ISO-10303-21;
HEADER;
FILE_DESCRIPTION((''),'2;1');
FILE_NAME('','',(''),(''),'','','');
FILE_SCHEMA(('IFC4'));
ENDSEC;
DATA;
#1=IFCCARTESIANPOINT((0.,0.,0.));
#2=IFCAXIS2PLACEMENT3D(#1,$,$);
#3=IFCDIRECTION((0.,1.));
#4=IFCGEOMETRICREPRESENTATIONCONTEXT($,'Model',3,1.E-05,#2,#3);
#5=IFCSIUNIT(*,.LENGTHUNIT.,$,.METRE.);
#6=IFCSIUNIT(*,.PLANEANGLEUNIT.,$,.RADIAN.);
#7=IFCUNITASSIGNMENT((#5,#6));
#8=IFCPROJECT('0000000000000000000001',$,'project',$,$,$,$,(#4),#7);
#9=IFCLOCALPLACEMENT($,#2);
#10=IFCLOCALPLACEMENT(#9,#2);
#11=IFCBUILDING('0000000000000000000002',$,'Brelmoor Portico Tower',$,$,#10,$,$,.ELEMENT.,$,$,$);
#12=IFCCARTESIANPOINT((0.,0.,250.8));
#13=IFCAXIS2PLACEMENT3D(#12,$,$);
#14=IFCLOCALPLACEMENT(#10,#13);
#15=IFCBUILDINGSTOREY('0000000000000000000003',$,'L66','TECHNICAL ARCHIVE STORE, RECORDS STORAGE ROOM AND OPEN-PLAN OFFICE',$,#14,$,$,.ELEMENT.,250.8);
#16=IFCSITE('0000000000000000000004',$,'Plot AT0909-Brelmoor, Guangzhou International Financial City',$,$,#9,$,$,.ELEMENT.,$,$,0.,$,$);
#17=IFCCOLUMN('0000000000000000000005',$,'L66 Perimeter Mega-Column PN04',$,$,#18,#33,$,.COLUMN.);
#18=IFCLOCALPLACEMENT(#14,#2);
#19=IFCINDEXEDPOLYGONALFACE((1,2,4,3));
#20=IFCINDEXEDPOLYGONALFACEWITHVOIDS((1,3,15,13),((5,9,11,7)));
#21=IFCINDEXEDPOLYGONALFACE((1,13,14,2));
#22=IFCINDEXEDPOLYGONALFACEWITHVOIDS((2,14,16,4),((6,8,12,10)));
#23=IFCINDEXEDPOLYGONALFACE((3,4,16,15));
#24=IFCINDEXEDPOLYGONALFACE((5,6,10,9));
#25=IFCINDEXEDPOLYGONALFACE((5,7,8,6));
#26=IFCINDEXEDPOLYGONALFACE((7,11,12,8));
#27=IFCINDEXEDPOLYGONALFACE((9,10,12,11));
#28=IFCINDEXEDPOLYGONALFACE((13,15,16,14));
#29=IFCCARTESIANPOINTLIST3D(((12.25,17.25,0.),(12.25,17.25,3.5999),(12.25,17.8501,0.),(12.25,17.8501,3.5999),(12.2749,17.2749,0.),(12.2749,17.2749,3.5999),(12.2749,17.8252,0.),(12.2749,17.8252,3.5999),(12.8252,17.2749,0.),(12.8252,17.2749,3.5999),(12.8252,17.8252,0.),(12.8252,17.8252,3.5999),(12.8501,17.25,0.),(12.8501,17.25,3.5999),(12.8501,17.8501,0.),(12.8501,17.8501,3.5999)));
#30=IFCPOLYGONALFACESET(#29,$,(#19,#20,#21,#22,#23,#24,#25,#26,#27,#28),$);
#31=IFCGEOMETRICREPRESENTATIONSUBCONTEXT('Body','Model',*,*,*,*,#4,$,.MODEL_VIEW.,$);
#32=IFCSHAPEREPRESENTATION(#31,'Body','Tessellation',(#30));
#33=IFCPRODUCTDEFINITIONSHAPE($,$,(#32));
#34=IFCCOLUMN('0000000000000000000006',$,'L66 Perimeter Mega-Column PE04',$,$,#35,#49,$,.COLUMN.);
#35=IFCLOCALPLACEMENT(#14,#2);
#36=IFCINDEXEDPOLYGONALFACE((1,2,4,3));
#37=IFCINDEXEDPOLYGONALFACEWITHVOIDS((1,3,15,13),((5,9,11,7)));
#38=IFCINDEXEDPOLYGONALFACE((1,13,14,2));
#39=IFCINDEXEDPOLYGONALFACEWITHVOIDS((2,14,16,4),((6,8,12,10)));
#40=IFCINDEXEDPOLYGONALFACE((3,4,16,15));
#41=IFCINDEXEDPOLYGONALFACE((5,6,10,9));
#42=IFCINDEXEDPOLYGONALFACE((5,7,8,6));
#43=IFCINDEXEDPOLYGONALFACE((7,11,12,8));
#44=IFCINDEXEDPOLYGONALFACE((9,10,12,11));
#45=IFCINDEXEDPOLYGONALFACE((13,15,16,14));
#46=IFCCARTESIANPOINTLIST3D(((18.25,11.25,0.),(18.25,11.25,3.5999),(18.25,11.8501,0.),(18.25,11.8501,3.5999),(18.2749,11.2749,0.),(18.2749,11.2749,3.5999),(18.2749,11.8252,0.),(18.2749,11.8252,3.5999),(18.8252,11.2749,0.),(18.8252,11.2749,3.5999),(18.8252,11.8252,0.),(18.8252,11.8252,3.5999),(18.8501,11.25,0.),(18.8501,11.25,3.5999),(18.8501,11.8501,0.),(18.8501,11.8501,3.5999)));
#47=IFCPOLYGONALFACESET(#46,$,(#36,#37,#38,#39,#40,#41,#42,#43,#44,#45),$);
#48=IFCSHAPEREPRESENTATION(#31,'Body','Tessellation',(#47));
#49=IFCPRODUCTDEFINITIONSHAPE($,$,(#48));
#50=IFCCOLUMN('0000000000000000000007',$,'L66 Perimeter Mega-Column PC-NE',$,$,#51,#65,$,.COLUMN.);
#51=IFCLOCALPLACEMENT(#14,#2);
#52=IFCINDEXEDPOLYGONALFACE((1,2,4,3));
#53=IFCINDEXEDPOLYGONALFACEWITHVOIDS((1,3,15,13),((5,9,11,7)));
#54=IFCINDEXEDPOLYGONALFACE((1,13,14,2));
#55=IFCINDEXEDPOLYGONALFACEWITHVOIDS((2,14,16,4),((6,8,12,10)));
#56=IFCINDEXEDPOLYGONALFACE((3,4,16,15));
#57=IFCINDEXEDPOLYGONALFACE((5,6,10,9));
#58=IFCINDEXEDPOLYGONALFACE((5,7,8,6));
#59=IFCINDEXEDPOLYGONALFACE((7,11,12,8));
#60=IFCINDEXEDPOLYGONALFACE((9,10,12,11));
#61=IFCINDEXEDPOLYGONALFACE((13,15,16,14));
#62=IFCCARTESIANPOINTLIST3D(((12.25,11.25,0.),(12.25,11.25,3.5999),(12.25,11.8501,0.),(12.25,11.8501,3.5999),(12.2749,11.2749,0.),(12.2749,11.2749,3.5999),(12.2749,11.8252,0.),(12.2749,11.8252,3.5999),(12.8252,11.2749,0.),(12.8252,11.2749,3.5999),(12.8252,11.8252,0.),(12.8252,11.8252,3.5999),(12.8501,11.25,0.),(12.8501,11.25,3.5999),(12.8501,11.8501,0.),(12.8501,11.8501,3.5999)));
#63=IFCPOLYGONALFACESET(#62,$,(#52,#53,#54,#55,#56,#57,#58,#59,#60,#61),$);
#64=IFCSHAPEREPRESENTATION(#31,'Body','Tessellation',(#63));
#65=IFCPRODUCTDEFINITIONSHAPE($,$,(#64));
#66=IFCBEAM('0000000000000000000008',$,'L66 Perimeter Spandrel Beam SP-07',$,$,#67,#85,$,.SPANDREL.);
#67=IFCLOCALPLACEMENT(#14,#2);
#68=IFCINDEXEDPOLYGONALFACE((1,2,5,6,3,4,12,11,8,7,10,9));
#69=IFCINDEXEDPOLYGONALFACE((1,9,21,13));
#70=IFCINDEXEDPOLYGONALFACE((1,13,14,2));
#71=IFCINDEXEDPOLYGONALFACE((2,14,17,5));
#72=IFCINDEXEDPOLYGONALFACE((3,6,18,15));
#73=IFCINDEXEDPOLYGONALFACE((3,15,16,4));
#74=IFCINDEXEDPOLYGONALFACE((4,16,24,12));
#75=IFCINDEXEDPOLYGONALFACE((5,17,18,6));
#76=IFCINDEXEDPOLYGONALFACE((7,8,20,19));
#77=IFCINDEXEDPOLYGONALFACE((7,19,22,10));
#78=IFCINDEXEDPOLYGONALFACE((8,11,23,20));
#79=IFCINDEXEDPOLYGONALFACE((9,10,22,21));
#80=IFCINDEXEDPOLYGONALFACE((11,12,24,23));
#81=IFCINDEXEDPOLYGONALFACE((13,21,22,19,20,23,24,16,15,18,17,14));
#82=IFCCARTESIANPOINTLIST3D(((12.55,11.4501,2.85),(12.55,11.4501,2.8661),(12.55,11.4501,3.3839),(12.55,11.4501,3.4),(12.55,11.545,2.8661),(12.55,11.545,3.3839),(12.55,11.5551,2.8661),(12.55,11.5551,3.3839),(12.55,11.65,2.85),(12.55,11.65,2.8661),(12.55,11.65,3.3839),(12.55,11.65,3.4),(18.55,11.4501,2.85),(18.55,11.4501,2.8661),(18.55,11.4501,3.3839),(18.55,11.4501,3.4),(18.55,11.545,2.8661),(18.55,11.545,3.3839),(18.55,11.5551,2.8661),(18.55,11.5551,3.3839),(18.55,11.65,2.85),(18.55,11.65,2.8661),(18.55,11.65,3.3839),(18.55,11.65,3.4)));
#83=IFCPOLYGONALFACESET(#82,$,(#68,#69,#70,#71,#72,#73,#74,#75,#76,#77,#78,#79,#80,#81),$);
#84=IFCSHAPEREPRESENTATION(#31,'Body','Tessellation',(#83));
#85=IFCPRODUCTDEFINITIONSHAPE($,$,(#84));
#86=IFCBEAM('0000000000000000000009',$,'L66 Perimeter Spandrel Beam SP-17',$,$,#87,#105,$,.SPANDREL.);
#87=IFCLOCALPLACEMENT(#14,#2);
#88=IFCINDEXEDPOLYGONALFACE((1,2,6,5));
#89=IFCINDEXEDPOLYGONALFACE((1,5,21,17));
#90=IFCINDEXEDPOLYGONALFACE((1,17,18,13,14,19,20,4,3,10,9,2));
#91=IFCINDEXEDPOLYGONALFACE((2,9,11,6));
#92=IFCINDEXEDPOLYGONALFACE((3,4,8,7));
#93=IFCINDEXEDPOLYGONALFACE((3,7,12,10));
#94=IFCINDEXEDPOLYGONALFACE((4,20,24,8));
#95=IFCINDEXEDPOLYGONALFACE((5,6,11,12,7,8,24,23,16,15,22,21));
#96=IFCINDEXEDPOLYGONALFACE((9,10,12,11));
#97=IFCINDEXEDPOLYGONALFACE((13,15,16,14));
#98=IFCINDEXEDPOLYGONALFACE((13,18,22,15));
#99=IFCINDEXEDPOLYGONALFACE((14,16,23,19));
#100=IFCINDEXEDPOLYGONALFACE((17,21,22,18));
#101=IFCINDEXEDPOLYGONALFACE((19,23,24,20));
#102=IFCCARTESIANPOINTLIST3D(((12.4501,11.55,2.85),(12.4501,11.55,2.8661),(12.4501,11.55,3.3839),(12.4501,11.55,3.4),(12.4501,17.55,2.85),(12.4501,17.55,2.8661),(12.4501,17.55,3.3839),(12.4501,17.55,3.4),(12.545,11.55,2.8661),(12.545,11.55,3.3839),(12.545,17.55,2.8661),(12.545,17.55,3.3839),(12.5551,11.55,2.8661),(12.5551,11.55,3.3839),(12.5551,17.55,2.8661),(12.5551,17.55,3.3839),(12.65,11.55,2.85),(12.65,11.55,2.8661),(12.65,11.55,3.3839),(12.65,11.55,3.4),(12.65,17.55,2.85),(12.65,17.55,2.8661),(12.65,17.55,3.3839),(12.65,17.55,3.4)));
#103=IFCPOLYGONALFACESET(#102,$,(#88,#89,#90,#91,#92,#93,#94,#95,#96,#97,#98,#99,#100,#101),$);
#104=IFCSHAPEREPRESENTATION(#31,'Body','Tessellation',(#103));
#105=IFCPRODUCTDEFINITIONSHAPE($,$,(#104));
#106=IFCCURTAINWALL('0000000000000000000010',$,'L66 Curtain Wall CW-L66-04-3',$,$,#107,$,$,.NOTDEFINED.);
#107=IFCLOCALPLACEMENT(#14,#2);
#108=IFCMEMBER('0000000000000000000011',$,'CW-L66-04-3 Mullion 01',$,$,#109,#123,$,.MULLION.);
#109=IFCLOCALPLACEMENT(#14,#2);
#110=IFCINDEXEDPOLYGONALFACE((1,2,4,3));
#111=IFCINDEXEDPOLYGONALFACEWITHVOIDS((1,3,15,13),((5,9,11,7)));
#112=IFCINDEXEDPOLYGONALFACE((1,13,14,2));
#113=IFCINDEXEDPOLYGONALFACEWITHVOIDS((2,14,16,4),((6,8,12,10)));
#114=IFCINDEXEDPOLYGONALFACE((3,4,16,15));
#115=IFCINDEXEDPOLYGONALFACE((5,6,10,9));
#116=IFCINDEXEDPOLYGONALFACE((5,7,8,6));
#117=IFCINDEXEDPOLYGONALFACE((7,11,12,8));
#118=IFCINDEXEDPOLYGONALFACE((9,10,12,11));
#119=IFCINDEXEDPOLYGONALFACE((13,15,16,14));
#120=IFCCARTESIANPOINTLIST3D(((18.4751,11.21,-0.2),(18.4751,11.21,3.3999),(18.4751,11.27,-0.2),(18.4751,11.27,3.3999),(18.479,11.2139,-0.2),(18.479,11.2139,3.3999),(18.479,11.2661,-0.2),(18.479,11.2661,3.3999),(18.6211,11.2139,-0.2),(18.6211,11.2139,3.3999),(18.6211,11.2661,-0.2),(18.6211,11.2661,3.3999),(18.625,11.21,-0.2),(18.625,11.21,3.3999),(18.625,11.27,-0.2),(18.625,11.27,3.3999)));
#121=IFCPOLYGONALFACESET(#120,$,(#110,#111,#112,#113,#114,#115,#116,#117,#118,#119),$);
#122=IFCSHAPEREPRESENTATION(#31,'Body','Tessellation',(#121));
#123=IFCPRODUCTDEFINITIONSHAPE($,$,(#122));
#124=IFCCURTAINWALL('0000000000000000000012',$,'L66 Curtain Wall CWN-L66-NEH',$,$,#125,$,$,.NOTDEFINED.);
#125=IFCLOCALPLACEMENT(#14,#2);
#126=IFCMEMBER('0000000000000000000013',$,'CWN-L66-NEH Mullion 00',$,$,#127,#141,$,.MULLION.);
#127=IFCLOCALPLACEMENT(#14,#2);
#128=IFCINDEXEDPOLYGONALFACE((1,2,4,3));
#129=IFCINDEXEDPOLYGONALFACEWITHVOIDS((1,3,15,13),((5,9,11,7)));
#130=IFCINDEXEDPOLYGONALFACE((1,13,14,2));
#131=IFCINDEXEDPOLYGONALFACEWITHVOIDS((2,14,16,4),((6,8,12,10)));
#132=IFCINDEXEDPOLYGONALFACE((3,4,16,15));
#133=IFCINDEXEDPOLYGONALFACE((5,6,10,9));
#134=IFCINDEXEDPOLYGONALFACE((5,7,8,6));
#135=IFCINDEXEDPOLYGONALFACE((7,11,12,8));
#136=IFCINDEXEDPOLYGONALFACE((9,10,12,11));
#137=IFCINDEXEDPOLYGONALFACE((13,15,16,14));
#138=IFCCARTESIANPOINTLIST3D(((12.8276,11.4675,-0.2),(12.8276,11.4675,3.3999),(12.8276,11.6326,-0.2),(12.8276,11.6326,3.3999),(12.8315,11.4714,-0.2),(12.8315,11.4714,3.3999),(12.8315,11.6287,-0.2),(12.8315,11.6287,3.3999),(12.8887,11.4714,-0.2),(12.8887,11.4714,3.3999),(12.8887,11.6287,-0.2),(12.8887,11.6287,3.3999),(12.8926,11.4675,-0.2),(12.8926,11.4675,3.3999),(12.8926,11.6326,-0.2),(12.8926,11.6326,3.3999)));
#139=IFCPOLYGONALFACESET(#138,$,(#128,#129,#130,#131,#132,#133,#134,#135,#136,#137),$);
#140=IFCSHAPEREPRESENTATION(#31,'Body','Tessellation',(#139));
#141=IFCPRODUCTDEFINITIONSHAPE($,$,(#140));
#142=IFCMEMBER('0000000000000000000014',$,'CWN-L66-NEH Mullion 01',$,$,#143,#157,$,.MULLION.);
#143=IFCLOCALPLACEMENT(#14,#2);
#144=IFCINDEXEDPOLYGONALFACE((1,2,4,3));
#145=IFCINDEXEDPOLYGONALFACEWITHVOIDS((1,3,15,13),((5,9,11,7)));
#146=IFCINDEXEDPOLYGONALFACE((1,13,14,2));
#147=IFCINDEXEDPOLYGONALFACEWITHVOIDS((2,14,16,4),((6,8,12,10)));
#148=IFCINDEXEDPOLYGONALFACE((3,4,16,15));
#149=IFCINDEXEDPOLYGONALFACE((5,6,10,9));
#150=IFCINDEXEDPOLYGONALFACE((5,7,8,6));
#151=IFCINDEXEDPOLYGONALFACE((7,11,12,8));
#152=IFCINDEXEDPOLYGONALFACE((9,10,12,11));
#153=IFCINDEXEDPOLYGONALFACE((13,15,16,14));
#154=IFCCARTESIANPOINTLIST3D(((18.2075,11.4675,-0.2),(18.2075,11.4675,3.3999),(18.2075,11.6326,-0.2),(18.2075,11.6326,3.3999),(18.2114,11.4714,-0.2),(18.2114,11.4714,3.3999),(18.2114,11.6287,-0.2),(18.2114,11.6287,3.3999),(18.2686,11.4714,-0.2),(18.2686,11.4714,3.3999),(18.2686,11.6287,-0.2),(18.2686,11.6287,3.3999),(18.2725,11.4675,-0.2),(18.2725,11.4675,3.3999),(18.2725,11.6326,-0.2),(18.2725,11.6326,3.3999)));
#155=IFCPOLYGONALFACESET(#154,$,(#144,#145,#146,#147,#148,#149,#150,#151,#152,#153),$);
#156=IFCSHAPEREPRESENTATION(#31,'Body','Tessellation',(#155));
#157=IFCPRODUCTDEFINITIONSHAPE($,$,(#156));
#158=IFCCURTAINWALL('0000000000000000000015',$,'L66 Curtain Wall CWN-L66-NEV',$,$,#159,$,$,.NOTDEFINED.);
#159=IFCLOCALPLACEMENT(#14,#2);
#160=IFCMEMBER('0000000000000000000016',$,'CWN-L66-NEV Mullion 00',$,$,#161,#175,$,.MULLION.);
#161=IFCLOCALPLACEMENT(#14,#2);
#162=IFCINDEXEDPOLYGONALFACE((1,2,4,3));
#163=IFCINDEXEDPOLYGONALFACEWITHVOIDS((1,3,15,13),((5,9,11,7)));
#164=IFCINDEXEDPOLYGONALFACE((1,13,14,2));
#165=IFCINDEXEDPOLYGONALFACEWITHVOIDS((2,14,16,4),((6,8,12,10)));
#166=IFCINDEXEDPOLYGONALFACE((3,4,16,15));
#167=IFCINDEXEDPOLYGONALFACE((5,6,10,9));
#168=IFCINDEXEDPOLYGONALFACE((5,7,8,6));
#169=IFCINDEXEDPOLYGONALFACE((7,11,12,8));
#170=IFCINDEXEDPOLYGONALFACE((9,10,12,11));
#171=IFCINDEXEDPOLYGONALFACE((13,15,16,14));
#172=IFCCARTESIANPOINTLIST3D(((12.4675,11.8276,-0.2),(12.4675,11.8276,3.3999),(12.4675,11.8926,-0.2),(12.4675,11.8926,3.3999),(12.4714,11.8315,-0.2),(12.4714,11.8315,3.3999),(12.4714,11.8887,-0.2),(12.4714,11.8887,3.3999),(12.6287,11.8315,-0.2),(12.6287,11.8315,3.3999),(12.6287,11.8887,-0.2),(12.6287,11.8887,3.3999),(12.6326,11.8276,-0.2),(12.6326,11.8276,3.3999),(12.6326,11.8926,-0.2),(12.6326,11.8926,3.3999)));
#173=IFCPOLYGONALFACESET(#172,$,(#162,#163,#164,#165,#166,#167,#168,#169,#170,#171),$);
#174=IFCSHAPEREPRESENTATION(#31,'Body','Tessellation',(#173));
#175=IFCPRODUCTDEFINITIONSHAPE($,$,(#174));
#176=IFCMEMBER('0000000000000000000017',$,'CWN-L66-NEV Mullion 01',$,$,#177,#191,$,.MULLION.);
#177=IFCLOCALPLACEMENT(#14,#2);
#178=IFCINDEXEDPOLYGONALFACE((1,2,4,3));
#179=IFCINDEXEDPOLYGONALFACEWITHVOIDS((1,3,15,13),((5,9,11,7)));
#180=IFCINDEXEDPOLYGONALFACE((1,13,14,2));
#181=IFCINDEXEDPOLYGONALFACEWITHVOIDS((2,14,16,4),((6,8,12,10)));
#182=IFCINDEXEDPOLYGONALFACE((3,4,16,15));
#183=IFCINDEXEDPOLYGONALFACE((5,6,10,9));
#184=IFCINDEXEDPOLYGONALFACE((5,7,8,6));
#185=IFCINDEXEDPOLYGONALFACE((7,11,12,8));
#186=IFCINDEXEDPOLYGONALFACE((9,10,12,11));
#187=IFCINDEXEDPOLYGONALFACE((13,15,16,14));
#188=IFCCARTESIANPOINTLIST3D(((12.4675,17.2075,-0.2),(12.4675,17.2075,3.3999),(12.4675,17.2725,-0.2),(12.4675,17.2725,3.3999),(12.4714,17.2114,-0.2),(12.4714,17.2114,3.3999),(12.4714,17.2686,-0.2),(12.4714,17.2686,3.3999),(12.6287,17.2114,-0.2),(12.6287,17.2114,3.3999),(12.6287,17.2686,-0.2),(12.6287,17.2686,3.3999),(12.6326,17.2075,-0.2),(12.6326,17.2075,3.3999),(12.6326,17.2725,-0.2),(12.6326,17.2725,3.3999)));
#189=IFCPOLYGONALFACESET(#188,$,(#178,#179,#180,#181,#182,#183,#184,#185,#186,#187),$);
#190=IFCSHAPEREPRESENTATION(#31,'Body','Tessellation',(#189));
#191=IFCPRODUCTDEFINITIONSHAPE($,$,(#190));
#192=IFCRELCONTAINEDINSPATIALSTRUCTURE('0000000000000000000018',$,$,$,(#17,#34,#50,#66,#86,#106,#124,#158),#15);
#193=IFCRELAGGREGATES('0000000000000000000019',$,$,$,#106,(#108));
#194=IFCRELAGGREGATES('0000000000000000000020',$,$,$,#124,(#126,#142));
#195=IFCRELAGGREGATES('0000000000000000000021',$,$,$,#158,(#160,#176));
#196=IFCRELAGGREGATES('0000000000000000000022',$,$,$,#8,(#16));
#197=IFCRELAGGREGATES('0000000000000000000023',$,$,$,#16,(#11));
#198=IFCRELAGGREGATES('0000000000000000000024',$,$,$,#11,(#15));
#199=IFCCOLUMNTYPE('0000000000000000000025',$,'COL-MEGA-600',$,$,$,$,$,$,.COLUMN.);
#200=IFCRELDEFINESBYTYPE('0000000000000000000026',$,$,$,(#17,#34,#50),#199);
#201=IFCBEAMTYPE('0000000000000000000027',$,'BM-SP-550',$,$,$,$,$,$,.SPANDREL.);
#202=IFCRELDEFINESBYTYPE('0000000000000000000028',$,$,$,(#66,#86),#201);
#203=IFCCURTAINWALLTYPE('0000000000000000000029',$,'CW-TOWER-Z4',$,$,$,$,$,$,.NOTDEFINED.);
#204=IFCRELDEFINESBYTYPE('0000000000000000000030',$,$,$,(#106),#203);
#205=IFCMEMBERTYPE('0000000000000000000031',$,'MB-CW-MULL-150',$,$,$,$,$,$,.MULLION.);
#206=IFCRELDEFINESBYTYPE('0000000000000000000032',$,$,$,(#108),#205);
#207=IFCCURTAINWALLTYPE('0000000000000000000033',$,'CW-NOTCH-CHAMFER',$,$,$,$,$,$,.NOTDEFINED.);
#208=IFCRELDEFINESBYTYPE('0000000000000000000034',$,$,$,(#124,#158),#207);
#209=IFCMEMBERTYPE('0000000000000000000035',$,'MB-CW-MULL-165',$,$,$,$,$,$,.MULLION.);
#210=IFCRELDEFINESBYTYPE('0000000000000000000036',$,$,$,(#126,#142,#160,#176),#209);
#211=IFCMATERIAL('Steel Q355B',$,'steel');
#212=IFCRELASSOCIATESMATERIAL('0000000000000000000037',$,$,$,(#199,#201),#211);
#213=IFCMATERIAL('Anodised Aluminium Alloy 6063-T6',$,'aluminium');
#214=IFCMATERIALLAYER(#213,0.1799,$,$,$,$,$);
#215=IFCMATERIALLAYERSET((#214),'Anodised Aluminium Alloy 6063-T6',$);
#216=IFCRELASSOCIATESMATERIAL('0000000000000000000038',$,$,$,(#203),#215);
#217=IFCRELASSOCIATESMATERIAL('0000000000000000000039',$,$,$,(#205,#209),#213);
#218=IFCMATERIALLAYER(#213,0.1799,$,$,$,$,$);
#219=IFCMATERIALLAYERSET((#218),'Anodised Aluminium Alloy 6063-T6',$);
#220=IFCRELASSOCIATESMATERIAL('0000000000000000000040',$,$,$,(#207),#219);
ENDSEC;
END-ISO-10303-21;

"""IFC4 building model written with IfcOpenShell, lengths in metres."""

from ifc_helpers import new_model, si_unit, direction, frame, origin, origin_2d, place, context, subcontext, project, spatial, hollow_rectangle, i_section, extrude, material, layer, layer_set, material_profile, profile_set, type_object, element, aggregate, save


model = new_model("IFC4")

# Units and contexts
model_context = context("Model", 3, precision=1e-05, world=origin(), true_north=direction((0.0, 1.0)))
body_context = subcontext(model_context, "Body", "Model", "MODEL_VIEW")
ifc_project = project(units=[si_unit("LENGTHUNIT", "METRE"), si_unit("PLANEANGLEUNIT", "RADIAN")], contexts=[model_context])

# Site, building, storey
site_placement = place(None, origin())
site = spatial("IfcSite", under=ifc_project, at=site_placement, Name="Plot AT0909-Brelmoor, Guangzhou International Financial City", CompositionType="ELEMENT", RefElevation=0.0)
building_placement = place(site_placement, origin())
building = spatial("IfcBuilding", under=site, at=building_placement, Name="Brelmoor Portico Tower", CompositionType="ELEMENT")
storey_placement = place(building_placement, frame((0.0, 0.0, 250.8)))
storey = spatial("IfcBuildingStorey", under=building, at=storey_placement, Name="L66", Description="TECHNICAL ARCHIVE STORE, RECORDS STORAGE ROOM AND OPEN-PLAN OFFICE", CompositionType="ELEMENT", Elevation=250.8)

# Columns
ifc_material_1 = material(Name="Steel Q355B", Category="steel")
ifc_material_profile_1 = material_profile(ifc_material_1, hollow_rectangle(XDim=0.6001, YDim=0.6001, WallThickness=0.0249, at=origin_2d()), Name="BOX 600x600x25")
ifc_profile_set_1 = profile_set([ifc_material_profile_1], Name="Steel Q355B")
column_type = type_object("IfcColumnType", Name="COL-MEGA-600", PredefinedType="COLUMN", material=ifc_profile_set_1)
for number, where, z_axis, x_axis, name in (
    (1, (12.55, 17.55, 0.0), (0.0, 0.0, 1.0), (1.0, 0.0, 0.0), "L66 Perimeter Mega-Column PN04"),
    (2, (18.55, 11.55, 0.0), (0.0, 0.0, 1.0), (0.0, 1.0, 0.0), "L66 Perimeter Mega-Column PE04"),
    (3, (12.55, 11.55, 0.0), (0.0, 0.0, 1.0), (1.0, 0.0, 0.0), "L66 Perimeter Mega-Column PC-NE"),
):
    element("IfcColumn", number, at=place(storey_placement, frame(where, z_axis=z_axis, x_axis=x_axis)), inside=storey, type_object=column_type, Name=name, PredefinedType="COLUMN", context=body_context, shape_type="SweptSolid", body=[
        extrude(hollow_rectangle(XDim=0.6001, YDim=0.6001, WallThickness=0.0249, at=origin_2d()), origin(), (0.0, 0.0, 1.0), 3.5999),
    ])

# Beams
ifc_material_profile_2 = material_profile(ifc_material_1, i_section(OverallWidth=0.2, OverallDepth=0.55, WebThickness=0.01, FlangeThickness=0.0161, at=origin_2d()), Name="HN 550x200x10x16")
ifc_profile_set_2 = profile_set([ifc_material_profile_2], Name="Steel Q355B")
beam_type = type_object("IfcBeamType", Name="BM-SP-550", PredefinedType="SPANDREL", material=ifc_profile_set_2)
for number, where, z_axis, x_axis, name in (
    (4, (12.55, 11.55, 3.125), (1.0, 0.0, 0.0), (0.0, 1.0, 0.0), "L66 Perimeter Spandrel Beam SP-07"),
    (5, (12.55, 11.55, 3.125), (0.0, 1.0, 0.0), (-1.0, 0.0, 0.0), "L66 Perimeter Spandrel Beam SP-17"),
):
    element("IfcBeam", number, at=place(storey_placement, frame(where, z_axis=z_axis, x_axis=x_axis)), inside=storey, type_object=beam_type, Name=name, PredefinedType="SPANDREL", context=body_context, shape_type="SweptSolid", body=[
        extrude(i_section(OverallWidth=0.2, OverallDepth=0.55, WebThickness=0.01, FlangeThickness=0.0161, at=origin_2d()), origin(), (0.0, 0.0, 1.0), 6.0),
    ])

# Curtain wall, member
ifc_material_2 = material(Name="Anodised Aluminium Alloy 6063-T6", Category="aluminium")
ifc_layer_1 = layer(ifc_material_2, 0.1799)
ifc_layer_set_1 = layer_set([ifc_layer_1], Name="Anodised Aluminium Alloy 6063-T6")
curtain_wall_type_1 = type_object("IfcCurtainWallType", Name="CW-TOWER-Z4", PredefinedType="NOTDEFINED", material=ifc_layer_set_1)
curtain_wall_1_placement = place(storey_placement, origin())
curtain_wall_1 = element("IfcCurtainWall", 6, at=curtain_wall_1_placement, inside=storey, type_object=curtain_wall_type_1, Name="L66 Curtain Wall CW-L66-04-3", PredefinedType="NOTDEFINED")
ifc_material_profile_3 = material_profile(ifc_material_2, hollow_rectangle(XDim=0.0601, YDim=0.1499, WallThickness=0.0039, at=origin_2d()), Name="ALU MULLION 60x150")
ifc_profile_set_3 = profile_set([ifc_material_profile_3], Name="Anodised Aluminium Alloy 6063-T6")
member_type_1 = type_object("IfcMemberType", Name="MB-CW-MULL-150", PredefinedType="MULLION", material=ifc_profile_set_3)
member_1_placement = place(storey_placement, frame((18.55, 11.24, -0.2), z_axis=(0.0, 0.0, 1.0), x_axis=(0.0, 1.0, 0.0)))
member_1 = element("IfcMember", 7, at=member_1_placement, type_object=member_type_1, Name="CW-L66-04-3 Mullion 01", PredefinedType="MULLION", context=body_context, shape_type="SweptSolid", body=[
    extrude(hollow_rectangle(XDim=0.0601, YDim=0.1499, WallThickness=0.0039, at=origin_2d()), origin(), (0.0, 0.0, 1.0), 3.5999),
])

# Curtain walls, members
ifc_layer_2 = layer(ifc_material_2, 0.1799)
ifc_layer_set_2 = layer_set([ifc_layer_2], Name="Anodised Aluminium Alloy 6063-T6")
curtain_wall_type_2 = type_object("IfcCurtainWallType", Name="CW-NOTCH-CHAMFER", PredefinedType="NOTDEFINED", material=ifc_layer_set_2)
curtain_wall_2_placement = place(storey_placement, origin())
curtain_wall_2 = element("IfcCurtainWall", 8, at=curtain_wall_2_placement, inside=storey, type_object=curtain_wall_type_2, Name="L66 Curtain Wall CWN-L66-NEH", PredefinedType="NOTDEFINED")
ifc_material_profile_4 = material_profile(ifc_material_2, hollow_rectangle(XDim=0.0649, YDim=0.165, WallThickness=0.0039, at=origin_2d()), Name="ALU MULLION 65x165")
ifc_profile_set_4 = profile_set([ifc_material_profile_4], Name="Anodised Aluminium Alloy 6063-T6")
member_type_2 = type_object("IfcMemberType", Name="MB-CW-MULL-165", PredefinedType="MULLION", material=ifc_profile_set_4)
member_2_placement = place(storey_placement, frame((12.8601, 11.55, -0.2), z_axis=(0.0, 0.0, 1.0), x_axis=(1.0, 0.0, 0.0)))
member_2 = element("IfcMember", 9, at=member_2_placement, type_object=member_type_2, Name="CWN-L66-NEH Mullion 00", PredefinedType="MULLION", context=body_context, shape_type="SweptSolid", body=[
    extrude(hollow_rectangle(XDim=0.0649, YDim=0.165, WallThickness=0.0039, at=origin_2d()), origin(), (0.0, 0.0, 1.0), 3.5999),
])
member_3_placement = place(storey_placement, frame((18.24, 11.55, -0.2), z_axis=(0.0, 0.0, 1.0), x_axis=(1.0, 0.0, 0.0)))
member_3 = element("IfcMember", 10, at=member_3_placement, type_object=member_type_2, Name="CWN-L66-NEH Mullion 01", PredefinedType="MULLION", context=body_context, shape_type="SweptSolid", body=[
    extrude(hollow_rectangle(XDim=0.0649, YDim=0.165, WallThickness=0.0039, at=origin_2d()), origin(), (0.0, 0.0, 1.0), 3.5999),
])
curtain_wall_3_placement = place(storey_placement, origin())
curtain_wall_3 = element("IfcCurtainWall", 11, at=curtain_wall_3_placement, inside=storey, type_object=curtain_wall_type_2, Name="L66 Curtain Wall CWN-L66-NEV", PredefinedType="NOTDEFINED")
member_4_placement = place(storey_placement, frame((12.55, 11.8601, -0.2), z_axis=(0.0, 0.0, 1.0), x_axis=(0.0, 1.0, 0.0)))
member_4 = element("IfcMember", 12, at=member_4_placement, type_object=member_type_2, Name="CWN-L66-NEV Mullion 00", PredefinedType="MULLION", context=body_context, shape_type="SweptSolid", body=[
    extrude(hollow_rectangle(XDim=0.0649, YDim=0.165, WallThickness=0.0039, at=origin_2d()), origin(), (0.0, 0.0, 1.0), 3.5999),
])
member_5_placement = place(storey_placement, frame((12.55, 17.24, -0.2), z_axis=(0.0, 0.0, 1.0), x_axis=(0.0, 1.0, 0.0)))
member_5 = element("IfcMember", 13, at=member_5_placement, type_object=member_type_2, Name="CWN-L66-NEV Mullion 01", PredefinedType="MULLION", context=body_context, shape_type="SweptSolid", body=[
    extrude(hollow_rectangle(XDim=0.0649, YDim=0.165, WallThickness=0.0039, at=origin_2d()), origin(), (0.0, 0.0, 1.0), 3.5999),
])

aggregate(curtain_wall_1, [member_1])
aggregate(curtain_wall_2, [member_2, member_3])
aggregate(curtain_wall_3, [member_4, member_5])

save(model, "model.ifc")
